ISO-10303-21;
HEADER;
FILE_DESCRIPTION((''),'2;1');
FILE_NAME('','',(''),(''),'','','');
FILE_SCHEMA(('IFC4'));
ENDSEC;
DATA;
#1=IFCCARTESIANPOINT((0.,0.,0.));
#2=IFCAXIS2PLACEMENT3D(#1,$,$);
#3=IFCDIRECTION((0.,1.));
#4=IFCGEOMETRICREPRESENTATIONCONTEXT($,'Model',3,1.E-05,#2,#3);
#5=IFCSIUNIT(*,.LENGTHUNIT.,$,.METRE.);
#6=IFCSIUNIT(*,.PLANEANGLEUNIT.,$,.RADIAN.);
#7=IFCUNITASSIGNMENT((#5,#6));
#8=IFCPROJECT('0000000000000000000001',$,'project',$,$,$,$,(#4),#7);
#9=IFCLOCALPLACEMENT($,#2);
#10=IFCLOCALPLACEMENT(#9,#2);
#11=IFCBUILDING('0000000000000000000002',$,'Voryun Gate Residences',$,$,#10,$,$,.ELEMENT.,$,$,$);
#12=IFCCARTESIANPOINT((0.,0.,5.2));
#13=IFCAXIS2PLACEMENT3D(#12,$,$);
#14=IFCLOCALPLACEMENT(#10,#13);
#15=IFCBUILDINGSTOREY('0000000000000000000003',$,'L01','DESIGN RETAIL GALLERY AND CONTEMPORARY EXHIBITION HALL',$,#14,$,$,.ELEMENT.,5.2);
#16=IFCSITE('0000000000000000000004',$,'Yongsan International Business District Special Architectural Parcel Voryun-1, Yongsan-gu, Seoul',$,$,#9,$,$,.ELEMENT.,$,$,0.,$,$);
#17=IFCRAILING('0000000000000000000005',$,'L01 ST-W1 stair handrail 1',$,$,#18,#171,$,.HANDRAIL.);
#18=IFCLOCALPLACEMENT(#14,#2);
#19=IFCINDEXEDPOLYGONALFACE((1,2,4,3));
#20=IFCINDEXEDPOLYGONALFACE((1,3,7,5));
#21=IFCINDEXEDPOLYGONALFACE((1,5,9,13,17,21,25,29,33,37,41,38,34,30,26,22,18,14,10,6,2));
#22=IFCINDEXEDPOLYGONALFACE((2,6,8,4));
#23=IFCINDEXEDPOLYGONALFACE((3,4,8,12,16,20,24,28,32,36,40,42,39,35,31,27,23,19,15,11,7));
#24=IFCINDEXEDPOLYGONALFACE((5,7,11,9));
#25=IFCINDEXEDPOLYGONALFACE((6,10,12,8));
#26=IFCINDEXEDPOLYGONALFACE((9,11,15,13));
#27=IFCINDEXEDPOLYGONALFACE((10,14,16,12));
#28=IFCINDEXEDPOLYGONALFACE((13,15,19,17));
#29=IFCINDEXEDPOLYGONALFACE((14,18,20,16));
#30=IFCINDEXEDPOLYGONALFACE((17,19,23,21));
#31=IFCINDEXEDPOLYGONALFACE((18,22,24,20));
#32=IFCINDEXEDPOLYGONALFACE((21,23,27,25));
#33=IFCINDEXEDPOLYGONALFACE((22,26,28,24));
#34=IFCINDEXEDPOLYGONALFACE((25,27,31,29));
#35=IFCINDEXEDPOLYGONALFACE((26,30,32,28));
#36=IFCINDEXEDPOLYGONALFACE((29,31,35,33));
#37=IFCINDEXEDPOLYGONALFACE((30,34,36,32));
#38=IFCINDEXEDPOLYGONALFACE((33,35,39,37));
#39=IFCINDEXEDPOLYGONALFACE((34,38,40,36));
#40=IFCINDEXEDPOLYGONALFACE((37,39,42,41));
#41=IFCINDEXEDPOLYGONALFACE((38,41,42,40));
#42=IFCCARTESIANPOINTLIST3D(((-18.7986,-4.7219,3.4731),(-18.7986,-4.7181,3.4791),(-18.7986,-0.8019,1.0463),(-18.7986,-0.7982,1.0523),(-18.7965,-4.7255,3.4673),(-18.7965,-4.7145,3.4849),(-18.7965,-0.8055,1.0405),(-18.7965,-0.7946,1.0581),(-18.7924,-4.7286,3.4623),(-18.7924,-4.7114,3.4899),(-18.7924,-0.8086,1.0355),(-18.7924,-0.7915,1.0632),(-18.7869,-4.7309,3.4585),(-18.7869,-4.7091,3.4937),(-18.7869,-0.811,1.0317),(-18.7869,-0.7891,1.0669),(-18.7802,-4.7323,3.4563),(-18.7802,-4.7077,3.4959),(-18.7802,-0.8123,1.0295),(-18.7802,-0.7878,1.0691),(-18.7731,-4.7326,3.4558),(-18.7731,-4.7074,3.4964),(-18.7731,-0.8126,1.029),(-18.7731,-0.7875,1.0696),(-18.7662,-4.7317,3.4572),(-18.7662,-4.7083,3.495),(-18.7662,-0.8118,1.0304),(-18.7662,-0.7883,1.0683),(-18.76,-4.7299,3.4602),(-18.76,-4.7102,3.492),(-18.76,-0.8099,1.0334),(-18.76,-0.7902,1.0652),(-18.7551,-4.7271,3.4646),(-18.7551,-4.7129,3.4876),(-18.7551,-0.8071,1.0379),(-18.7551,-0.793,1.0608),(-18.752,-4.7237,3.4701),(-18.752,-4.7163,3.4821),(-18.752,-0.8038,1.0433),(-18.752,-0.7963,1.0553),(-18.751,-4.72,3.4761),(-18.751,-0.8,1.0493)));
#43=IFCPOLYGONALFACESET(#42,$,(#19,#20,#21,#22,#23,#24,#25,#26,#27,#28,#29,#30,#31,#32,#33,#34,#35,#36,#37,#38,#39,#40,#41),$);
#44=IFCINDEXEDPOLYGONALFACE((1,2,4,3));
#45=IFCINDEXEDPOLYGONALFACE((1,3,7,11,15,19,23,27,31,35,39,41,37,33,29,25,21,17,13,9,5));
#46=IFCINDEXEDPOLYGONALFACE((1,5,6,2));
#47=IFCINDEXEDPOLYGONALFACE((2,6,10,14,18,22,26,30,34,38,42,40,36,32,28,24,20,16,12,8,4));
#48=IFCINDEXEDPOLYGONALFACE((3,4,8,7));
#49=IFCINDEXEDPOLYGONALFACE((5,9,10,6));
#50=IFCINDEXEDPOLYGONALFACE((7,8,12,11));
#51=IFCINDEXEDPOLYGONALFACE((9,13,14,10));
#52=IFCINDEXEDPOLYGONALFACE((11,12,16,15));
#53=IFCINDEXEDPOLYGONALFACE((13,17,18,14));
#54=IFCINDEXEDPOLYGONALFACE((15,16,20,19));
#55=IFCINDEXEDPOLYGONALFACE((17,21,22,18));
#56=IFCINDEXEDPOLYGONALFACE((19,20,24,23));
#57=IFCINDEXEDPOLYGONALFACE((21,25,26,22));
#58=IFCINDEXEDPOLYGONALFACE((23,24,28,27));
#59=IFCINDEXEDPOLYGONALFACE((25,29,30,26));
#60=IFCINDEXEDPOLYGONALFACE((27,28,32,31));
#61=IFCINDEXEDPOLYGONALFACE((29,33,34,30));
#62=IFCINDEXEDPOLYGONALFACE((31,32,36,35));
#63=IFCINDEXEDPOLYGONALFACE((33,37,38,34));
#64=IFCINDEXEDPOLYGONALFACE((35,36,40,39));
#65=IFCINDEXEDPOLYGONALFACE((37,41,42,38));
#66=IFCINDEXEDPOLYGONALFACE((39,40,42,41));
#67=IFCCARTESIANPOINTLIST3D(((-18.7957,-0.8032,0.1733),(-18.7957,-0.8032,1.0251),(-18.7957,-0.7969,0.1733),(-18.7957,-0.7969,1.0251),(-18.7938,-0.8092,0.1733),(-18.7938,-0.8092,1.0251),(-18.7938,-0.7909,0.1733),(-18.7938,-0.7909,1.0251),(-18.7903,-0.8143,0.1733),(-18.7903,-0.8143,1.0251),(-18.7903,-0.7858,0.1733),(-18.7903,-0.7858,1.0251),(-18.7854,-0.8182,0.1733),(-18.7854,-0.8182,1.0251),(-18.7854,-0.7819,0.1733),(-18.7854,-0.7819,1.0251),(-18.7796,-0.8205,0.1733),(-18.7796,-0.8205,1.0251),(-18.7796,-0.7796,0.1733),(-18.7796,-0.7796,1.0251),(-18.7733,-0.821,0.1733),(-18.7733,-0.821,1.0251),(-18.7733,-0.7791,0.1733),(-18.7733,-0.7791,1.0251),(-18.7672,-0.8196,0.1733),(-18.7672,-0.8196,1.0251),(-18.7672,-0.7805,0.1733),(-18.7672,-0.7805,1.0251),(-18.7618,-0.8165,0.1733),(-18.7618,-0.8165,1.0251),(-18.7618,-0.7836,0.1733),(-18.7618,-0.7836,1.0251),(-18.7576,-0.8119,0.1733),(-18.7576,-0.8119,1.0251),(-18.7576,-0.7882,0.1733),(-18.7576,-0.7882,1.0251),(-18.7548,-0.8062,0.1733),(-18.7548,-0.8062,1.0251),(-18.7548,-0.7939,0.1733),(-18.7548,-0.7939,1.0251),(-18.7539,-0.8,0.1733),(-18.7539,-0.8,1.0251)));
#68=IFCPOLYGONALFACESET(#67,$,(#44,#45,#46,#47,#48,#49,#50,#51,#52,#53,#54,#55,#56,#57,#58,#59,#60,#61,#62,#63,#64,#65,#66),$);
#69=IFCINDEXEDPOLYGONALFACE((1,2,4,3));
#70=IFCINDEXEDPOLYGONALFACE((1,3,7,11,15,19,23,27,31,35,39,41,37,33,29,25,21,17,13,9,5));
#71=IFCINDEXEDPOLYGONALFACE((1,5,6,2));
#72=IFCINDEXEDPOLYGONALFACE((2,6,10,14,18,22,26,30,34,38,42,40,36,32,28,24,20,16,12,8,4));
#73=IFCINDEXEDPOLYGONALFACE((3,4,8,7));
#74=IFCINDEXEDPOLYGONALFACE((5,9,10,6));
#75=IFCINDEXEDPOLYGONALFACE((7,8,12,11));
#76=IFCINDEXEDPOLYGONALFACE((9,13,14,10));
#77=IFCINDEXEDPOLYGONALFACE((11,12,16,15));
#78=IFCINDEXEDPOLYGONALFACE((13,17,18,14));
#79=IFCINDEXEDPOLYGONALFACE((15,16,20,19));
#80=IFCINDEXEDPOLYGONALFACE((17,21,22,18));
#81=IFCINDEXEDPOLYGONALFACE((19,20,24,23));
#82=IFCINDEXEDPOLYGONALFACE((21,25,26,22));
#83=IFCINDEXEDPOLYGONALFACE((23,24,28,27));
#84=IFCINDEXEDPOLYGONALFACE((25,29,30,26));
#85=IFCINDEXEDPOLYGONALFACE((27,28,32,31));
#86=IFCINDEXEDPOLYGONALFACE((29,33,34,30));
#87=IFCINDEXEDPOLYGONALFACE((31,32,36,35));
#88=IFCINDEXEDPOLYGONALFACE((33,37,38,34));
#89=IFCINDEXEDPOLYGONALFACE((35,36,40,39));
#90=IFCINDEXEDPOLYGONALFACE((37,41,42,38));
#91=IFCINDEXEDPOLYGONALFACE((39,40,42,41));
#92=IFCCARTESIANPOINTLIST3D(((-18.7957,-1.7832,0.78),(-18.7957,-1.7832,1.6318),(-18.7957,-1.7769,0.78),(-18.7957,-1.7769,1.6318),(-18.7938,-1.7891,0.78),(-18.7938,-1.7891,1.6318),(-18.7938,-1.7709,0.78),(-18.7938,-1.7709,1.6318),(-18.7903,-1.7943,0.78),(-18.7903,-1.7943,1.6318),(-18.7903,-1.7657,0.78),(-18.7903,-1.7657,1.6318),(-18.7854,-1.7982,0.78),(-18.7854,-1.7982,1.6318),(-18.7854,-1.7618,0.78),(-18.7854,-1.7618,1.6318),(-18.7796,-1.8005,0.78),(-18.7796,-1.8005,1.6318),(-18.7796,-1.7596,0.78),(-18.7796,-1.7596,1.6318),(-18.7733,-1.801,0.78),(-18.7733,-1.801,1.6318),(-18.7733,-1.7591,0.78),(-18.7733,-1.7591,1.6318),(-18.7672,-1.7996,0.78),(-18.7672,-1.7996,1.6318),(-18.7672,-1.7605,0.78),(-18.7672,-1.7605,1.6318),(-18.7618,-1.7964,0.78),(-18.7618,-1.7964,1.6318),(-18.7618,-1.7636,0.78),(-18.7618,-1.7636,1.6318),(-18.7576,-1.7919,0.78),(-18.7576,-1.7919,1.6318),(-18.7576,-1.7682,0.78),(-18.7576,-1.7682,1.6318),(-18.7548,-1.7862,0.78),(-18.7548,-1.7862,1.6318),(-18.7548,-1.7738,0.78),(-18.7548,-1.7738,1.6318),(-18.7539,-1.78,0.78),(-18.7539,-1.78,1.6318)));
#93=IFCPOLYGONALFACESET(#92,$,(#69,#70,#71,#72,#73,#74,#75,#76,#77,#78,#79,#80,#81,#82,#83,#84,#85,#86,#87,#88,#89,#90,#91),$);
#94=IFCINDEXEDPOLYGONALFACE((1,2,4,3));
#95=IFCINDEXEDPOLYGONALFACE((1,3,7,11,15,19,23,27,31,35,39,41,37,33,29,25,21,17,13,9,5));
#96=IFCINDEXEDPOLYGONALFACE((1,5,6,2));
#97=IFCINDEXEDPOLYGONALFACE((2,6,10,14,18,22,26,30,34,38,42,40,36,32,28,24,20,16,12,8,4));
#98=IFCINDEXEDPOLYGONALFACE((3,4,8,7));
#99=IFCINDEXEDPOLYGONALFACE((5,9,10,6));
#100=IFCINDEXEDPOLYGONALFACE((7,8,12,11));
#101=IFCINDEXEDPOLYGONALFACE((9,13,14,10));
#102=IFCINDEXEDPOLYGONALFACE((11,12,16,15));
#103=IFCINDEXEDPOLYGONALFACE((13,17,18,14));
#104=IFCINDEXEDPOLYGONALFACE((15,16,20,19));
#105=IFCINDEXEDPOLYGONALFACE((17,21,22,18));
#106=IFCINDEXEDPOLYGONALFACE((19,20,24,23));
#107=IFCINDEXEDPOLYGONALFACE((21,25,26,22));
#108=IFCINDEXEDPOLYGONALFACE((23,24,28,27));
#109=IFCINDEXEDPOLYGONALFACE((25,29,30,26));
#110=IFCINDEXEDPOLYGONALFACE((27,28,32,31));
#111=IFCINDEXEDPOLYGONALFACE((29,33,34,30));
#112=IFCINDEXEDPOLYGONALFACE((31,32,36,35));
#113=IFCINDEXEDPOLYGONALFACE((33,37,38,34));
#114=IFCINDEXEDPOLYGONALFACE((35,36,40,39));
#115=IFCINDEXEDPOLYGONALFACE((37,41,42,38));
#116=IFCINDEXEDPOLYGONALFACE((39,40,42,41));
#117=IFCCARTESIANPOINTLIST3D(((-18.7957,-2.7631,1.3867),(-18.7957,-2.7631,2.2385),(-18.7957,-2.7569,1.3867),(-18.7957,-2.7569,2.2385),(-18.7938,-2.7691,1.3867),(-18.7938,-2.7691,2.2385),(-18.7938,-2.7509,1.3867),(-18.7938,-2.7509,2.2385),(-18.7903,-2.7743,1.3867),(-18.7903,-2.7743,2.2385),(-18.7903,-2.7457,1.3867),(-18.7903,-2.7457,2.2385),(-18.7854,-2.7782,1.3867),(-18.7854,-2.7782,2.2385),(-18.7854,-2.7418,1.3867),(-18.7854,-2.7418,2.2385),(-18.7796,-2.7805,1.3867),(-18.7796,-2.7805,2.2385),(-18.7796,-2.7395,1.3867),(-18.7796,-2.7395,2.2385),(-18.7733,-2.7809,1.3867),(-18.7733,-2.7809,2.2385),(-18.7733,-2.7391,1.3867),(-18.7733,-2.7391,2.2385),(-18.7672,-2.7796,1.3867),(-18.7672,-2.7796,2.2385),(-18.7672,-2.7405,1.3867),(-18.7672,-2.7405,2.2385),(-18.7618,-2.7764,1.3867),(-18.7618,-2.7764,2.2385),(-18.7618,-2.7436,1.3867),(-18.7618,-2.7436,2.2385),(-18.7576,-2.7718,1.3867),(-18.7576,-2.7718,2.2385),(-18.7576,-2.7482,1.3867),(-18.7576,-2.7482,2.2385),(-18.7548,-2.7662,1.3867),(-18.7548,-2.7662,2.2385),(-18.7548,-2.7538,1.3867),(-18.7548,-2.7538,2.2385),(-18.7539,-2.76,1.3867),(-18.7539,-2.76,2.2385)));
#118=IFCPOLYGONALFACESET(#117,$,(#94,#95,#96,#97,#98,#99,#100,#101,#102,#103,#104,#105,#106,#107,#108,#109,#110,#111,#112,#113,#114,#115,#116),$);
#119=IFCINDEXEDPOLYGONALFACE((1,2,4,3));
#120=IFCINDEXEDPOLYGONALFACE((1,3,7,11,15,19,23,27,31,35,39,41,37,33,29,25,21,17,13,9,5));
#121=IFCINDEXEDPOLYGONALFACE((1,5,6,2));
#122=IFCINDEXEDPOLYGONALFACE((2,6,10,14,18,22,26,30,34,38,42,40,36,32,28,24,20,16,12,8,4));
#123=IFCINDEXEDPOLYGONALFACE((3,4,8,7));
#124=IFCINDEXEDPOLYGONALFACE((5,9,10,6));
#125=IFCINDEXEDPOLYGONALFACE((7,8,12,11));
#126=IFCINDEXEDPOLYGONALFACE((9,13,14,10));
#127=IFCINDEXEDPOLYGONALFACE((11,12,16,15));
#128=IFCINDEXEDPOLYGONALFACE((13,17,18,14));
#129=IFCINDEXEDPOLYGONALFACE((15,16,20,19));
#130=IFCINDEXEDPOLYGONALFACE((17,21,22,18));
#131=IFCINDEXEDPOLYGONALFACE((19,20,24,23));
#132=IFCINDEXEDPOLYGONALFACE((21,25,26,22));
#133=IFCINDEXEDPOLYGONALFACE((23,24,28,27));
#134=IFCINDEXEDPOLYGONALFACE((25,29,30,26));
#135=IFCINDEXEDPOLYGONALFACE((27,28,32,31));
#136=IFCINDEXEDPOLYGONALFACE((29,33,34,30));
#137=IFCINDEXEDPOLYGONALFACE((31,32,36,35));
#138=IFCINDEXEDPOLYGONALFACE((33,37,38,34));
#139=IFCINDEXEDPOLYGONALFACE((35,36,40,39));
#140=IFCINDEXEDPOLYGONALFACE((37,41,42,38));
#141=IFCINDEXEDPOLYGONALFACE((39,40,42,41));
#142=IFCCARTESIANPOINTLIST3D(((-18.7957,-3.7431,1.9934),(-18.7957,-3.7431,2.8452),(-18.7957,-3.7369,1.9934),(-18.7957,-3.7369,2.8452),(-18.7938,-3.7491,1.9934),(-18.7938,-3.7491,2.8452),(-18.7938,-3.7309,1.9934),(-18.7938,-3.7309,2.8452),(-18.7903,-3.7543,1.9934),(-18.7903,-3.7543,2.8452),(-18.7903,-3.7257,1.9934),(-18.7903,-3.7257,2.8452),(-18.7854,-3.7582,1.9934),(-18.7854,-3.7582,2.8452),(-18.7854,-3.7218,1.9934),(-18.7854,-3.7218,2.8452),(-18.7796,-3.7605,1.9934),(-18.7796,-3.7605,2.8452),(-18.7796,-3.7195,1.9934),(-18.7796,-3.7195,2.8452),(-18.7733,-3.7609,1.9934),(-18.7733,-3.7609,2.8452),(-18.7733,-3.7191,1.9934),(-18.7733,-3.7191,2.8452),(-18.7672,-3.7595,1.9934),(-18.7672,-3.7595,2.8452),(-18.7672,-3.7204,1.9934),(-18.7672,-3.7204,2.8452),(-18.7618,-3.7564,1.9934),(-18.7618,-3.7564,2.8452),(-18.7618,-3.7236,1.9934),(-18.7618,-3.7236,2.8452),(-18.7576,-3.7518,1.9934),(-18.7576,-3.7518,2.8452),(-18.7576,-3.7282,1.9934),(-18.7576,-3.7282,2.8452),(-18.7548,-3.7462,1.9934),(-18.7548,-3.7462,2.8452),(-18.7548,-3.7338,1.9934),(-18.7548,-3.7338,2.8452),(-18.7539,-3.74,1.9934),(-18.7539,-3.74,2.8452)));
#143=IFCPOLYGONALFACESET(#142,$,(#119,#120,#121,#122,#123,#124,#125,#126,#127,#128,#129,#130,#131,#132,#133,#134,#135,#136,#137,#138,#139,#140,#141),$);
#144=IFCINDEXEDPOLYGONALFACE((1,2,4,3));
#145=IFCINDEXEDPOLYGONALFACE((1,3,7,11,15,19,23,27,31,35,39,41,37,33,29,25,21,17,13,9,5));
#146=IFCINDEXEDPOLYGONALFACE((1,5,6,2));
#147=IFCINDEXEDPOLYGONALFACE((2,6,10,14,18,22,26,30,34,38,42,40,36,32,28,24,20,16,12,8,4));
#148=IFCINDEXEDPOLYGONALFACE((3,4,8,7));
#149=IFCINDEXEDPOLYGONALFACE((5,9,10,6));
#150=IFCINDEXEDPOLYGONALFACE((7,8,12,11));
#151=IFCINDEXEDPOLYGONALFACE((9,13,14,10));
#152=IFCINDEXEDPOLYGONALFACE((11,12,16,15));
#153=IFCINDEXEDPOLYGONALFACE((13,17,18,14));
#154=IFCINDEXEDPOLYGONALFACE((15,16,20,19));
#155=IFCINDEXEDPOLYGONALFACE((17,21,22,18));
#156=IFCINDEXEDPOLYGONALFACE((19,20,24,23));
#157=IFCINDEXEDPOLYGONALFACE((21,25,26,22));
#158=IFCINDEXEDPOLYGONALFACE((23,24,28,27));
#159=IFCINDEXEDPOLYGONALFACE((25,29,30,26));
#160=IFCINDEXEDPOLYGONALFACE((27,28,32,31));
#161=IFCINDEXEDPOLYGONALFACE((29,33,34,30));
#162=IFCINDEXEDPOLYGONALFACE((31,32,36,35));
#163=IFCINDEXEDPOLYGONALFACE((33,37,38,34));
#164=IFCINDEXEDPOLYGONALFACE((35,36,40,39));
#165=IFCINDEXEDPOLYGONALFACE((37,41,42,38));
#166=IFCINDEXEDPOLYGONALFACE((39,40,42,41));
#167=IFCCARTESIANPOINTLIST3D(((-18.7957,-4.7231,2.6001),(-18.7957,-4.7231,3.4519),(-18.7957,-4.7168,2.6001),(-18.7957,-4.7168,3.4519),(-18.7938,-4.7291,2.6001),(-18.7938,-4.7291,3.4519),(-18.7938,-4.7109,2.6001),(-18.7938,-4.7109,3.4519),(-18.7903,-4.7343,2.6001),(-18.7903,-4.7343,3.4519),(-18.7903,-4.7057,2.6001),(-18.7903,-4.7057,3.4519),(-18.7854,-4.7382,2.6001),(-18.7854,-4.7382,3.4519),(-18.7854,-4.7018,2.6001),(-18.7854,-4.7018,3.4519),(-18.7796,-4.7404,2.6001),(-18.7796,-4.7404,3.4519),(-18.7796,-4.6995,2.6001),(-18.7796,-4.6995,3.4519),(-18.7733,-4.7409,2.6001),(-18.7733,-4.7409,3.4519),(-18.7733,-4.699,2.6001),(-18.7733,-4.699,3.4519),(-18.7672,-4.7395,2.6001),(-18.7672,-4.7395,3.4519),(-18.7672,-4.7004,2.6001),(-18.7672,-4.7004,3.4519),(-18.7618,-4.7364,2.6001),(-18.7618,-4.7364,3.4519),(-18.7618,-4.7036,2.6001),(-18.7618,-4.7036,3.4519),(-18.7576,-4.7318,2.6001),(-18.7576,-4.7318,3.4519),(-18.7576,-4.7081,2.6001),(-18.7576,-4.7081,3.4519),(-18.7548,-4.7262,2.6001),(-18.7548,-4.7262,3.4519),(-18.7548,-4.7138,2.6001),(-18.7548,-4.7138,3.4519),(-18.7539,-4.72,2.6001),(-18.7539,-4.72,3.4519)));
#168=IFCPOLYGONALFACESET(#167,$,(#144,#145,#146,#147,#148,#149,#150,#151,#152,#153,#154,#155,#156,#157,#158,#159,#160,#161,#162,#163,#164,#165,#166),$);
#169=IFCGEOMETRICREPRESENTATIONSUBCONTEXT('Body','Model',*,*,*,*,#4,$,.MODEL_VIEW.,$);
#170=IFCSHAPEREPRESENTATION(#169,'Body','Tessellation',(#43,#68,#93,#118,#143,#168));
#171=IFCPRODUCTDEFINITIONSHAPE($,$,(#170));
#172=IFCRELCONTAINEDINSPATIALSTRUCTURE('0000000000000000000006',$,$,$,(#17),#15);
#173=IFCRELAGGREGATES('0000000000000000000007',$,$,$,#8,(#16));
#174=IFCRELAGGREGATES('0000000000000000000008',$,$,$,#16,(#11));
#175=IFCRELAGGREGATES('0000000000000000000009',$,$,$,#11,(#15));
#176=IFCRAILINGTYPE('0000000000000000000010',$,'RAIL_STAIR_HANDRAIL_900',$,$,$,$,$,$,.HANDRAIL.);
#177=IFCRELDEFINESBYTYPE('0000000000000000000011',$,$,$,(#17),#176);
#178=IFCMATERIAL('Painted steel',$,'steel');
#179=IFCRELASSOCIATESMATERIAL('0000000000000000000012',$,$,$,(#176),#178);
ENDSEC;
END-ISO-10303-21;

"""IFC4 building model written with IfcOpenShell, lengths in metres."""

from ifc_helpers import new_model, si_unit, direction, frame, origin, origin_2d, place, context, subcontext, project, spatial, circle, extrude, material, type_object, element, save


model = new_model("IFC4")

# Units and contexts
model_context = context("Model", 3, precision=1e-05, world=origin(), true_north=direction((0.0, 1.0)))
body_context = subcontext(model_context, "Body", "Model", "MODEL_VIEW")
ifc_project = project(units=[si_unit("LENGTHUNIT", "METRE"), si_unit("PLANEANGLEUNIT", "RADIAN")], contexts=[model_context])

# Site, building, storey
site_placement = place(None, origin())
site = spatial("IfcSite", under=ifc_project, at=site_placement, Name="Yongsan International Business District Special Architectural Parcel Voryun-1, Yongsan-gu, Seoul", CompositionType="ELEMENT", RefElevation=0.0)
building_placement = place(site_placement, origin())
building = spatial("IfcBuilding", under=site, at=building_placement, Name="Voryun Gate Residences", CompositionType="ELEMENT")
storey_placement = place(building_placement, frame((0.0, 0.0, 5.2)))
storey = spatial("IfcBuildingStorey", under=building, at=storey_placement, Name="L01", Description="DESIGN RETAIL GALLERY AND CONTEMPORARY EXHIBITION HALL", CompositionType="ELEMENT", Elevation=5.2)

# Railing
ifc_material_1 = material(Name="Painted steel", Category="steel")
railing_type_1 = type_object("IfcRailingType", Name="RAIL_STAIR_HANDRAIL_900", PredefinedType="HANDRAIL", material=ifc_material_1)
railing_1_placement = place(storey_placement, frame((-18.7749, -0.8, 0.1733)))
element("IfcRailing", 1, at=railing_1_placement, inside=storey, type_object=railing_type_1, Name="L01 ST-W1 stair handrail 1", PredefinedType="HANDRAIL", context=body_context, shape_type="SweptSolid", body=[
    extrude(circle(Radius=0.0239, at=origin_2d()), frame((0.0, 0.0, 0.876), z_axis=(0.0, -0.850252, 0.526376), x_axis=(1.0, 0.0, 0.0)), (0.0, 0.0, 1.0), 4.6104),
    extrude(circle(Radius=0.021, at=origin_2d()), origin(), (0.0, 0.0, 1.0), 0.8518),
    extrude(circle(Radius=0.021, at=origin_2d()), frame((0.0, -0.98, 0.6067)), (0.0, 0.0, 1.0), 0.8518),
    extrude(circle(Radius=0.021, at=origin_2d()), frame((0.0, -1.96, 1.2134)), (0.0, 0.0, 1.0), 0.8518),
    extrude(circle(Radius=0.021, at=origin_2d()), frame((0.0, -2.9399, 1.8201)), (0.0, 0.0, 1.0), 0.8518),
    extrude(circle(Radius=0.021, at=origin_2d()), frame((0.0, -3.9199, 2.4268)), (0.0, 0.0, 1.0), 0.8518),
])

save(model, "model.ifc")
